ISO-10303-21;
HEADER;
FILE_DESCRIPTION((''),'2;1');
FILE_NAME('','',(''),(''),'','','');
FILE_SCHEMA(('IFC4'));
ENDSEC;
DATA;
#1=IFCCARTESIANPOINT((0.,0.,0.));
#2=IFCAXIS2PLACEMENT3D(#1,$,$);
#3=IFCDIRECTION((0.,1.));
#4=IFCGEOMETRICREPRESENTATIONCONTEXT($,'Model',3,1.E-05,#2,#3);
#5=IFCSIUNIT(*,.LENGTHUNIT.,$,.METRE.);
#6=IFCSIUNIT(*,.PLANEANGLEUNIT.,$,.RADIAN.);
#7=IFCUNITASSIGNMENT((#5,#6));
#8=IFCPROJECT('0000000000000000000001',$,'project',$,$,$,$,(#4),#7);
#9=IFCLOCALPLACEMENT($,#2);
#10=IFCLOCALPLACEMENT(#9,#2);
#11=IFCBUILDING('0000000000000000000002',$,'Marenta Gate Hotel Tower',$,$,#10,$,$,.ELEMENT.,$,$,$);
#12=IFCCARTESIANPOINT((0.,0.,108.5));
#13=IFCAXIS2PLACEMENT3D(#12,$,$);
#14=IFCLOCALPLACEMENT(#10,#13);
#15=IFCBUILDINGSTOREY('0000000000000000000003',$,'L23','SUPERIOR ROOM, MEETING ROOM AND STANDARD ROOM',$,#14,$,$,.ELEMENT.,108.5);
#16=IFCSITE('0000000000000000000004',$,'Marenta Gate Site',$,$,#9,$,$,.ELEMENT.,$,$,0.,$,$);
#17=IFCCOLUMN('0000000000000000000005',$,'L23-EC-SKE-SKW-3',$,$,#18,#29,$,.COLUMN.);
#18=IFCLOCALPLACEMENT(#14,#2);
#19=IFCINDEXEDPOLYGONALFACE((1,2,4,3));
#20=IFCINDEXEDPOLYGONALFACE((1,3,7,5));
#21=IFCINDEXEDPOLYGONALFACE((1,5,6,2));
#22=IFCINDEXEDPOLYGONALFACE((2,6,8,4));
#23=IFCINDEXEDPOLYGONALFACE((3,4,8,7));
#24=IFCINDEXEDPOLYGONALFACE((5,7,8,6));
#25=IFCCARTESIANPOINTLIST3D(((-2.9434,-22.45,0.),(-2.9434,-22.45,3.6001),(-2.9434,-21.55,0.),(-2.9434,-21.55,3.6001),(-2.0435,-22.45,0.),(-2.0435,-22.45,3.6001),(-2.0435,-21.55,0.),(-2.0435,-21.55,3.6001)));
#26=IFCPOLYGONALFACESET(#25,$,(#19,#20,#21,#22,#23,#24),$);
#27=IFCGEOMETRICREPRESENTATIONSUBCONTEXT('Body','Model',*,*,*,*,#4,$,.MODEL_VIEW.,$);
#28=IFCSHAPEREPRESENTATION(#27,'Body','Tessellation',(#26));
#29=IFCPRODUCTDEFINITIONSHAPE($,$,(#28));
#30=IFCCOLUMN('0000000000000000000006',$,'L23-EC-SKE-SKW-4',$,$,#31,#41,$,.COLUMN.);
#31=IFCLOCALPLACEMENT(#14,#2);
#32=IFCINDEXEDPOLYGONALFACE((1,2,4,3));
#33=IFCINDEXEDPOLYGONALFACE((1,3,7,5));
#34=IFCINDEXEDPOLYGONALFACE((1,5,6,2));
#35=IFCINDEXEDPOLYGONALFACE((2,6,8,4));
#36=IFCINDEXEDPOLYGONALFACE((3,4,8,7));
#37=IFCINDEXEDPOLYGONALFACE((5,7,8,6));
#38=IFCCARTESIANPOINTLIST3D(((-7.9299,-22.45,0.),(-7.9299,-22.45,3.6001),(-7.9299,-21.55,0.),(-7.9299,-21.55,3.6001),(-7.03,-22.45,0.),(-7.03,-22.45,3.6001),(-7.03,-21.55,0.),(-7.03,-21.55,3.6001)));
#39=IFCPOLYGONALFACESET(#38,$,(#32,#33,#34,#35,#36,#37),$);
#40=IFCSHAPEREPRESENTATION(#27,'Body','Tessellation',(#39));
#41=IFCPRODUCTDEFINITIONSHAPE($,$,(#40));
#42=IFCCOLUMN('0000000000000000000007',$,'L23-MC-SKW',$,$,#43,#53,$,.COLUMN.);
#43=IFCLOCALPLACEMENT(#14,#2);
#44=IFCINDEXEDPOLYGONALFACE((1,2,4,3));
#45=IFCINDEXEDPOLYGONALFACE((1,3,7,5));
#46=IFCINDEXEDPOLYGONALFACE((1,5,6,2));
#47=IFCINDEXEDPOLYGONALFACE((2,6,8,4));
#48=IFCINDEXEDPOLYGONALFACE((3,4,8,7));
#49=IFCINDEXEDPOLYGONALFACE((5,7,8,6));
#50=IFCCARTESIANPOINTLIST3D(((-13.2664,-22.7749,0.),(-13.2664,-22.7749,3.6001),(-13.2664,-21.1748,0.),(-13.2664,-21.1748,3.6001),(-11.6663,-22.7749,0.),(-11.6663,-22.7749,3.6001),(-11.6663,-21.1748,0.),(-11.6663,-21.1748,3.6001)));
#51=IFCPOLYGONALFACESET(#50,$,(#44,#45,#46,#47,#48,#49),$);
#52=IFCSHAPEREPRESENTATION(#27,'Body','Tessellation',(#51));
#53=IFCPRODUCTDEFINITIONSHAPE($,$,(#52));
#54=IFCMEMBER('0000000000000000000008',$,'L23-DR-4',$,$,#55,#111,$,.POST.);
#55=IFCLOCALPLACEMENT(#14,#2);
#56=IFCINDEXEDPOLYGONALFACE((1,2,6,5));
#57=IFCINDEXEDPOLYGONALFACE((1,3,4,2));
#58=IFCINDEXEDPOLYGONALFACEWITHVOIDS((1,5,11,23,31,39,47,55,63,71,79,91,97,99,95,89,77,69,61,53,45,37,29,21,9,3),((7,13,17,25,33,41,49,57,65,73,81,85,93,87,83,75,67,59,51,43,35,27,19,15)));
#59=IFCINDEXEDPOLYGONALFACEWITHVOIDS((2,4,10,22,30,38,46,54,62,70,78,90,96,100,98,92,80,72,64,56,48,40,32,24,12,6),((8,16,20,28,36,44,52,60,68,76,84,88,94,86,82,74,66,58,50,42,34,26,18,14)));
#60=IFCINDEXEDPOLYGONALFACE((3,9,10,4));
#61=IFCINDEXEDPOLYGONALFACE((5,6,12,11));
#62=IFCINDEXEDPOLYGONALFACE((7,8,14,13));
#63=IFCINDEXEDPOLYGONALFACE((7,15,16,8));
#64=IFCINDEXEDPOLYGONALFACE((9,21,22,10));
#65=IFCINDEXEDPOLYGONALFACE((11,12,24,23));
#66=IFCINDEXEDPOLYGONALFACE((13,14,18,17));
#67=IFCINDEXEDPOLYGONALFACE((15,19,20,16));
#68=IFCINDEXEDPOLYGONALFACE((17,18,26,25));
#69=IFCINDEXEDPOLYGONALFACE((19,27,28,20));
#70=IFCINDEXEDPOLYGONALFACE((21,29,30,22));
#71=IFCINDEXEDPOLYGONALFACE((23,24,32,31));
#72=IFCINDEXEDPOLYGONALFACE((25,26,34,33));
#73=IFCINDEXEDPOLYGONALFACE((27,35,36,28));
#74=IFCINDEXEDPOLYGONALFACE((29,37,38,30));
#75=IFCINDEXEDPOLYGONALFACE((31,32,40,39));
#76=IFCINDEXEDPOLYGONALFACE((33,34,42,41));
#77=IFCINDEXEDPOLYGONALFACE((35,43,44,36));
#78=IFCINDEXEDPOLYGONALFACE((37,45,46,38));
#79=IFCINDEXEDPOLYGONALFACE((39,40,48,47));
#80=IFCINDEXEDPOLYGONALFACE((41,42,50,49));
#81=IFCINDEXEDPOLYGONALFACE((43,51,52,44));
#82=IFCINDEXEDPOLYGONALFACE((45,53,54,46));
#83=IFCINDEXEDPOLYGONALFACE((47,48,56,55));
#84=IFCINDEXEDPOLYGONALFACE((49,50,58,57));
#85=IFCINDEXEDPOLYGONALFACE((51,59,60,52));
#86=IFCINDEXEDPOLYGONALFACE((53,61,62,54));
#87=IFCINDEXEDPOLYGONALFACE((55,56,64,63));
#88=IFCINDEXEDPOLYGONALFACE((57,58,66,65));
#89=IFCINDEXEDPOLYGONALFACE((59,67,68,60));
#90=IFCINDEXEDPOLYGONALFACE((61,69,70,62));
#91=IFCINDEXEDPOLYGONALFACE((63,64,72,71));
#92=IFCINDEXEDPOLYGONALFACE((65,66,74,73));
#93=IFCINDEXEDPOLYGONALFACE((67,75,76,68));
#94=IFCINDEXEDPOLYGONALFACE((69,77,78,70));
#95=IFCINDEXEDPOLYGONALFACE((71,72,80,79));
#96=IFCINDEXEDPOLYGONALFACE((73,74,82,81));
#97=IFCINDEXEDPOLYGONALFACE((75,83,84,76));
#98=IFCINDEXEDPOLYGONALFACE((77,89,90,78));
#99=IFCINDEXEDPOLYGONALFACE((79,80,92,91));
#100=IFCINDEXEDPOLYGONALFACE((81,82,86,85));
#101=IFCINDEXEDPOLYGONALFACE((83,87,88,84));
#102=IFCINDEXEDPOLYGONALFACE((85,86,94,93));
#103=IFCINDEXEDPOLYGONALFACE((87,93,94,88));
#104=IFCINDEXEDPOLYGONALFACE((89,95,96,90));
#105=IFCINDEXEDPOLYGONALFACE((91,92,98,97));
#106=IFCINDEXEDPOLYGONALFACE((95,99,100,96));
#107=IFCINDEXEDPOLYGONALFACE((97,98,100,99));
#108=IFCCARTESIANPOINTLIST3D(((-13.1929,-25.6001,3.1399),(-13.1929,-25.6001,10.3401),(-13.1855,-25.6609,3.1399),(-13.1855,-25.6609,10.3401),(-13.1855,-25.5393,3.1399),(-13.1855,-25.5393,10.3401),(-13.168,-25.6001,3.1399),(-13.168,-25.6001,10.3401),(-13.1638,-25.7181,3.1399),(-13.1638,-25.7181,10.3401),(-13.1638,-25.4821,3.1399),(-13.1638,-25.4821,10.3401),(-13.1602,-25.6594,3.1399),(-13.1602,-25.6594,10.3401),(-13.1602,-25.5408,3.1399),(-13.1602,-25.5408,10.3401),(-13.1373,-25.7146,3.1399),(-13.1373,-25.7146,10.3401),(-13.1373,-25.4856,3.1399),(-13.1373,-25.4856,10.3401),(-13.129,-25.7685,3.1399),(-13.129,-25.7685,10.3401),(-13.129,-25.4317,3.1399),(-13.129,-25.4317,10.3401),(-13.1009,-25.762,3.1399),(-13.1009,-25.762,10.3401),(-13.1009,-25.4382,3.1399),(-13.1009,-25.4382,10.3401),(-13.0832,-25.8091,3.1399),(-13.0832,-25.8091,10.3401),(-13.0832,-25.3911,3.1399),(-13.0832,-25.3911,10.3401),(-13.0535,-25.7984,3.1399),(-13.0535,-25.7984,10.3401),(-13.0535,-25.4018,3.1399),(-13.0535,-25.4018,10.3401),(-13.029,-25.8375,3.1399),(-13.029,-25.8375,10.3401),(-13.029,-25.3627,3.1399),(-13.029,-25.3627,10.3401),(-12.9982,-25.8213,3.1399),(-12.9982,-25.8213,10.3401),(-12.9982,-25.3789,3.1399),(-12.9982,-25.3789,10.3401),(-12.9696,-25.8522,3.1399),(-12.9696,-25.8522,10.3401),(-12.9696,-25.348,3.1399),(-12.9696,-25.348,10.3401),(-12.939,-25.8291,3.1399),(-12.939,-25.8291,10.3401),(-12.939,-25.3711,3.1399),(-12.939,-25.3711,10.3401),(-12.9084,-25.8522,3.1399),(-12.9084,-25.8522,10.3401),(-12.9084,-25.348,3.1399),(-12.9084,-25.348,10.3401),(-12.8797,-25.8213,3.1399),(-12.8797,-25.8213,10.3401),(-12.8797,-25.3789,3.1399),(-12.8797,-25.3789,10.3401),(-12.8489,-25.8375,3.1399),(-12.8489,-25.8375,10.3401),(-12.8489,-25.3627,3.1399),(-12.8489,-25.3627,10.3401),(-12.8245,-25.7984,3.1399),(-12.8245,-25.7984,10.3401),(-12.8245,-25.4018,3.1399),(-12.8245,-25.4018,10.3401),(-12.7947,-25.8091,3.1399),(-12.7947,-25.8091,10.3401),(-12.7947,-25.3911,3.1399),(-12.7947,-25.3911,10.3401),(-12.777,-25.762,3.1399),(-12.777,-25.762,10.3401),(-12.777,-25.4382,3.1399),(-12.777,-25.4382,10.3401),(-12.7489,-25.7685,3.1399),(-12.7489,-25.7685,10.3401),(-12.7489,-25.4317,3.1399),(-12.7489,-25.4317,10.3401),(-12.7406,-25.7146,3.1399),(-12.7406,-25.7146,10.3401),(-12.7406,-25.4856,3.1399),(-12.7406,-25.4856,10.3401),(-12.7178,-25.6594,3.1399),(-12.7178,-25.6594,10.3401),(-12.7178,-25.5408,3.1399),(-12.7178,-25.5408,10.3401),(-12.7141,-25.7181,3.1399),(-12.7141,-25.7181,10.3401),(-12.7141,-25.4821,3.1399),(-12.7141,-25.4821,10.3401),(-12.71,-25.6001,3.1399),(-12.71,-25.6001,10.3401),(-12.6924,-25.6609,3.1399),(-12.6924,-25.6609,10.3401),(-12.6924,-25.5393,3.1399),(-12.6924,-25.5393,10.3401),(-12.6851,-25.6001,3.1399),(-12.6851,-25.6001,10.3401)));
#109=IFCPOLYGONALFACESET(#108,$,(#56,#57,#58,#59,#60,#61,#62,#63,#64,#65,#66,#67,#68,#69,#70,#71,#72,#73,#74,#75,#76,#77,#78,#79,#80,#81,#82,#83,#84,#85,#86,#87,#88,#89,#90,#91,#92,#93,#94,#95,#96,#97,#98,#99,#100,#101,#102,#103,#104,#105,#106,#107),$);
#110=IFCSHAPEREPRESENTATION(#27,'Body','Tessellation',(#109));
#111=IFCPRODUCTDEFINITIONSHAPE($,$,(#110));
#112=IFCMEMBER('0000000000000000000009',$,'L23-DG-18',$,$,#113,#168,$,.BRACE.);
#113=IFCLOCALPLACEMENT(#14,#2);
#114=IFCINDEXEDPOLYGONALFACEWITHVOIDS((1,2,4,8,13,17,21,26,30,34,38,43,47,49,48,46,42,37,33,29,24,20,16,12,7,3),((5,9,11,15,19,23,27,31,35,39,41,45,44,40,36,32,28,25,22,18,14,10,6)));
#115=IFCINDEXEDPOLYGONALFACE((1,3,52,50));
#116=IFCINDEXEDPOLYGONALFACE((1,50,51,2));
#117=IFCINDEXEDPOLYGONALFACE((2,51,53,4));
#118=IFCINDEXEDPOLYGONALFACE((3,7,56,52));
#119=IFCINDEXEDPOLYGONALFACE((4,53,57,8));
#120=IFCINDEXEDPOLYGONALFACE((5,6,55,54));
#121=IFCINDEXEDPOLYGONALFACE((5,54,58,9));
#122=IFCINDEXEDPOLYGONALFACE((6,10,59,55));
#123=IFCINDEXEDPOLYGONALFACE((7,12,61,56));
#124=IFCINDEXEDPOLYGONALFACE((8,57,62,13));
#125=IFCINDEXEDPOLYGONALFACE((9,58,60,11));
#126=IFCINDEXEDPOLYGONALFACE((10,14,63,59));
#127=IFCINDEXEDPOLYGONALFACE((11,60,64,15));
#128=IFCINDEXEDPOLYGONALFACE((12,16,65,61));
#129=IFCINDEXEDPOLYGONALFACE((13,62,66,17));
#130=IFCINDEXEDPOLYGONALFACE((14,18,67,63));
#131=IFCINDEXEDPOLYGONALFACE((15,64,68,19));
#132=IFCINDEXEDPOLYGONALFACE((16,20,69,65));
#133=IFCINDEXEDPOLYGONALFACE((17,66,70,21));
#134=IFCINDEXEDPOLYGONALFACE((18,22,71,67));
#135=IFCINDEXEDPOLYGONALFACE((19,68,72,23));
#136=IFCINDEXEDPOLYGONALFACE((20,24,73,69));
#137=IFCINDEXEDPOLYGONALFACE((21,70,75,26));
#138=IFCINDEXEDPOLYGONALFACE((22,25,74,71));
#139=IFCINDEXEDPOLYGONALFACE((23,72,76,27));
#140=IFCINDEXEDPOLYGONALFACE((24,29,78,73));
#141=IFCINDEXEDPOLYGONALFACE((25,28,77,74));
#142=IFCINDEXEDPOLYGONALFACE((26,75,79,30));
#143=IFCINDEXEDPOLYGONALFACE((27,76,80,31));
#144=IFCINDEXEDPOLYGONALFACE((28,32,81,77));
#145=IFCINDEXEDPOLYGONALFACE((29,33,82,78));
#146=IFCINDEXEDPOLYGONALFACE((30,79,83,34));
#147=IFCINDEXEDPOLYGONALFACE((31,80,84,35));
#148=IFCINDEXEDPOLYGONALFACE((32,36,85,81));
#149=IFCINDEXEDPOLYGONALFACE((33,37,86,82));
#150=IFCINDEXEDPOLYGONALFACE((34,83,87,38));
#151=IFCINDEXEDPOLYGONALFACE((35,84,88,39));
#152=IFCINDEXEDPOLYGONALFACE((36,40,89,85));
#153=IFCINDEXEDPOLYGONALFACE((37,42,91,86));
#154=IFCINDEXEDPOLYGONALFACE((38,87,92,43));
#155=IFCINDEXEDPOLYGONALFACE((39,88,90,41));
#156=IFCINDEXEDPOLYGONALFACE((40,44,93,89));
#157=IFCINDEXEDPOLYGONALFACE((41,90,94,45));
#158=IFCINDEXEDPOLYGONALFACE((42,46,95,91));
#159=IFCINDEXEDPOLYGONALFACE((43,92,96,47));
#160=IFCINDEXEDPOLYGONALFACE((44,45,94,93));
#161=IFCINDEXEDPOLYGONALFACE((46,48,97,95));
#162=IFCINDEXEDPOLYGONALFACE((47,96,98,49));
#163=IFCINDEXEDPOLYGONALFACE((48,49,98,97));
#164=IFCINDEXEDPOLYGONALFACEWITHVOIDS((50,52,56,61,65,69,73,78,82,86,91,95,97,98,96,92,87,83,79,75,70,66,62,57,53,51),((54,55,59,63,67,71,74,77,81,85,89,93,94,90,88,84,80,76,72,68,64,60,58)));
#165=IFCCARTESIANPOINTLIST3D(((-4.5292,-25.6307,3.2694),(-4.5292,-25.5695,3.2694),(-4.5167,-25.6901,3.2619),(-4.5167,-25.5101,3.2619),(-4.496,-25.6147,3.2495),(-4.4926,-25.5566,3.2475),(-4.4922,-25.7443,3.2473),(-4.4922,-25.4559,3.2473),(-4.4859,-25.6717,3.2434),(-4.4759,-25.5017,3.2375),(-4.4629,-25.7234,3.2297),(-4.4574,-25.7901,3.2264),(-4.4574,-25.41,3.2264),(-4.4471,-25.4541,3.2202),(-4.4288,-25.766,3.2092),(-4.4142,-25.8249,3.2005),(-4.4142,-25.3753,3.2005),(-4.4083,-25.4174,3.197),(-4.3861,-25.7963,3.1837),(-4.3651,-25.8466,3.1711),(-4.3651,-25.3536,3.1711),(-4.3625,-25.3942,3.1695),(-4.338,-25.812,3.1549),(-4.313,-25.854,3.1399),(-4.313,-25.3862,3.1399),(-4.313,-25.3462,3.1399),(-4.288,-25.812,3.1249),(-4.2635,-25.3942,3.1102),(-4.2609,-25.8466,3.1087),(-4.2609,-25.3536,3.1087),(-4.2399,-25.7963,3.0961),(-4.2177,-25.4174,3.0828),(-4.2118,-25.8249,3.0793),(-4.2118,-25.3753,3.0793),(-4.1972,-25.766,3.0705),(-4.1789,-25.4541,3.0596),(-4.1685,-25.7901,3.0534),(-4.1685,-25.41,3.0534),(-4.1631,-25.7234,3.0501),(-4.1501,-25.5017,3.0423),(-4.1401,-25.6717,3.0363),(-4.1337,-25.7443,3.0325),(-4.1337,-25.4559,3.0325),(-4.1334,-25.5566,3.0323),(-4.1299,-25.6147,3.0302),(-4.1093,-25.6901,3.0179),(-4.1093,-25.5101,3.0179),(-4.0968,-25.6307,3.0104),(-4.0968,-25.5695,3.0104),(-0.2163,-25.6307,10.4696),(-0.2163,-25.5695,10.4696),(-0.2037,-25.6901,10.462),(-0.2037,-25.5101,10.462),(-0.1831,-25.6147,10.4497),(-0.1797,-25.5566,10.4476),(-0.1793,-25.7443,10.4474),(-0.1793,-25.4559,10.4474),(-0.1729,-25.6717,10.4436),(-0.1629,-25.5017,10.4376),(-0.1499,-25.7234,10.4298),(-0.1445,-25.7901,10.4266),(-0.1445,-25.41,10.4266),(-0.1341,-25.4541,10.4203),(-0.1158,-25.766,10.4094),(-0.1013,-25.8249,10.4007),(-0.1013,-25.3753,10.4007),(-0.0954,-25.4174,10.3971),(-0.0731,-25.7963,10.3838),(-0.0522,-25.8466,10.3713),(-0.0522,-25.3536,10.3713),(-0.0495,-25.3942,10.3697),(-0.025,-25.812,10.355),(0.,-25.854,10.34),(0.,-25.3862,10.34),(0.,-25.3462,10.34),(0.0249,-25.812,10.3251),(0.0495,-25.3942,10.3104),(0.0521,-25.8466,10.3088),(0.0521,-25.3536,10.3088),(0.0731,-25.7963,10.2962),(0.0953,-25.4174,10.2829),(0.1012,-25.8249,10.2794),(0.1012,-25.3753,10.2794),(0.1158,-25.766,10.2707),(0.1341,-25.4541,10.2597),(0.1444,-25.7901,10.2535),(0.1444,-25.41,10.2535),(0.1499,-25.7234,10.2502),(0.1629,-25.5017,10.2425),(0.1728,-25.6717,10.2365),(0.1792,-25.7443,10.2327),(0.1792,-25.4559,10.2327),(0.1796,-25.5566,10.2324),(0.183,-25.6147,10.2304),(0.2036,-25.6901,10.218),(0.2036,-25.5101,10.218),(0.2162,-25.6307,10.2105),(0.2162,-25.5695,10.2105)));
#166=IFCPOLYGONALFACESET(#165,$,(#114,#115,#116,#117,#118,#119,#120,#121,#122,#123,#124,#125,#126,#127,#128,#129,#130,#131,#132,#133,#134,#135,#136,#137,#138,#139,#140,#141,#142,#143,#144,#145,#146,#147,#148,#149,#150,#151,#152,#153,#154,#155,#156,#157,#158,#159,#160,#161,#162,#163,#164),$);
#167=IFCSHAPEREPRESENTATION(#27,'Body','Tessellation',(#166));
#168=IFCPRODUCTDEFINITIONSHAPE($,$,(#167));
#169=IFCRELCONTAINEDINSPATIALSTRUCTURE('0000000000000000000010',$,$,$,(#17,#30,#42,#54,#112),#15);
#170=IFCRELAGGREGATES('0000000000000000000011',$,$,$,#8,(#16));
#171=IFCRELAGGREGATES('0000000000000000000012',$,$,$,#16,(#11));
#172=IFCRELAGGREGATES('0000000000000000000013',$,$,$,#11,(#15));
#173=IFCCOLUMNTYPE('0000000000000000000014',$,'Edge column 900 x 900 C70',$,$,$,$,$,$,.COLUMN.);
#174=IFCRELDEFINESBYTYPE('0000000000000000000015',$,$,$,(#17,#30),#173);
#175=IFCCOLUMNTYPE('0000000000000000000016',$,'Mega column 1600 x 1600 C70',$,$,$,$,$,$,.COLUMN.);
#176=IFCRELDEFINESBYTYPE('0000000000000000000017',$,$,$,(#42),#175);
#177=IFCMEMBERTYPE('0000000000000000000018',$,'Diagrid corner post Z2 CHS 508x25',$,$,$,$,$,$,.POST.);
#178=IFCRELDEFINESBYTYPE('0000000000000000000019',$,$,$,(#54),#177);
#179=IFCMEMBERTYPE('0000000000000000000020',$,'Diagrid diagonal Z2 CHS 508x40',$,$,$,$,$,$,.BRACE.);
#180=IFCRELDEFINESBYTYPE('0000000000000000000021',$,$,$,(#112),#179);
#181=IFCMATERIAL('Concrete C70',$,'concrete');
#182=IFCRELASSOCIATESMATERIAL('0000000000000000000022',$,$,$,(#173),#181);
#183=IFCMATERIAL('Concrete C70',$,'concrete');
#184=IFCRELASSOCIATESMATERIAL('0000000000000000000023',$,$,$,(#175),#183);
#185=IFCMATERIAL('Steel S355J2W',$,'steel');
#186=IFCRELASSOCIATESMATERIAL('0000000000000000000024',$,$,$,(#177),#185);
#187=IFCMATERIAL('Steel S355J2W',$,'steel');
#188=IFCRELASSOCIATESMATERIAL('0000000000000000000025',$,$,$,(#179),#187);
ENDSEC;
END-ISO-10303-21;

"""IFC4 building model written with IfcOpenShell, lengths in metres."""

from ifc_helpers import new_model, si_unit, direction, frame, origin, origin_2d, place, context, subcontext, project, spatial, rectangle, hollow_circle, extrude, material, material_profile, profile_set, type_object, element, save


model = new_model("IFC4")

# Units and contexts
model_context = context("Model", 3, precision=1e-05, world=origin(), true_north=direction((0.0, 1.0)))
body_context = subcontext(model_context, "Body", "Model", "MODEL_VIEW")
ifc_project = project(units=[si_unit("LENGTHUNIT", "METRE"), si_unit("PLANEANGLEUNIT", "RADIAN")], contexts=[model_context])

# Site, building, storey
site_placement = place(None, origin())
site = spatial("IfcSite", under=ifc_project, at=site_placement, Name="Marenta Gate Site", CompositionType="ELEMENT", RefElevation=0.0)
building_placement = place(site_placement, origin())
building = spatial("IfcBuilding", under=site, at=building_placement, Name="Marenta Gate Hotel Tower", CompositionType="ELEMENT")
storey_placement = place(building_placement, frame((0.0, 0.0, 108.5)))
storey = spatial("IfcBuildingStorey", under=building, at=storey_placement, Name="L23", Description="SUPERIOR ROOM, MEETING ROOM AND STANDARD ROOM", CompositionType="ELEMENT", Elevation=108.5)

# Columns
ifc_material_1 = material(Name="Concrete C70", Category="concrete")
ifc_material_profile_1 = material_profile(ifc_material_1, rectangle(XDim=0.8999, YDim=0.8999, at=origin_2d()), Name="900 x 900")
ifc_profile_set_1 = profile_set([ifc_material_profile_1], Name="Concrete C70")
column_type_1 = type_object("IfcColumnType", Name="Edge column 900 x 900 C70", PredefinedType="COLUMN", material=ifc_profile_set_1)
for number, where, z_axis, x_axis, name in (
    (1, (-2.4934, -22.0, 0.0), (0.0, 0.0, 1.0), (1.0, 0.0, 0.0), "L23-EC-SKE-SKW-3"),
    (2, (-7.48, -22.0, 0.0), (0.0, 0.0, 1.0), (1.0, 0.0, 0.0), "L23-EC-SKE-SKW-4"),
):
    element("IfcColumn", number, at=place(storey_placement, frame(where, z_axis=z_axis, x_axis=x_axis)), inside=storey, type_object=column_type_1, Name=name, PredefinedType="COLUMN", context=body_context, shape_type="SweptSolid", body=[
        extrude(rectangle(XDim=0.8999, YDim=0.8999, at=origin_2d()), origin(), (0.0, 0.0, 1.0), 3.6001),
    ])
ifc_material_2 = material(Name="Concrete C70", Category="concrete")
ifc_material_profile_2 = material_profile(ifc_material_2, rectangle(XDim=1.6001, YDim=1.6001, at=origin_2d()), Name="1600 x 1600")
ifc_profile_set_2 = profile_set([ifc_material_profile_2], Name="Concrete C70")
column_type_2 = type_object("IfcColumnType", Name="Mega column 1600 x 1600 C70", PredefinedType="COLUMN", material=ifc_profile_set_2)
column_placement = place(storey_placement, frame((-12.4663, -21.9749, 0.0), z_axis=(0.0, 0.0, 1.0), x_axis=(1.0, 0.0, 0.0)))
element("IfcColumn", 3, at=column_placement, inside=storey, type_object=column_type_2, Name="L23-MC-SKW", PredefinedType="COLUMN", context=body_context, shape_type="SweptSolid", body=[
    extrude(rectangle(XDim=1.6001, YDim=1.6001, at=origin_2d()), origin(), (0.0, 0.0, 1.0), 3.6001),
])

# Members
ifc_material_3 = material(Name="Steel S355J2W", Category="steel")
ifc_material_profile_3 = material_profile(ifc_material_3, hollow_circle(Radius=0.2539, WallThickness=0.0249, at=origin_2d()), Name="CHS 508x25")
ifc_profile_set_3 = profile_set([ifc_material_profile_3], Name="Steel S355J2W")
member_type_1 = type_object("IfcMemberType", Name="Diagrid corner post Z2 CHS 508x25", PredefinedType="POST", material=ifc_profile_set_3)
member_1_placement = place(storey_placement, frame((-12.939, -25.6001, 3.1399), z_axis=(0.0, 0.0, 1.0), x_axis=(1.0, 0.0, 0.0)))
element("IfcMember", 4, at=member_1_placement, inside=storey, type_object=member_type_1, Name="L23-DR-4", PredefinedType="POST", context=body_context, shape_type="SweptSolid", body=[
    extrude(hollow_circle(Radius=0.2539, WallThickness=0.0249, at=origin_2d()), origin(), (0.0, 0.0, 1.0), 7.2002),
])
ifc_material_4 = material(Name="Steel S355J2W", Category="steel")
ifc_material_profile_4 = material_profile(ifc_material_4, hollow_circle(Radius=0.2539, WallThickness=0.04, at=origin_2d()), Name="CHS 508x40")
ifc_profile_set_4 = profile_set([ifc_material_profile_4], Name="Steel S355J2W")
member_type_2 = type_object("IfcMemberType", Name="Diagrid diagonal Z2 CHS 508x40", PredefinedType="BRACE", material=ifc_profile_set_4)
for number, where, z_axis, x_axis, name in (
    (5, (-4.313, -25.6001, 3.1399), (0.513871, 0.0, 0.857867), (0.0, 1.0, 0.0), "L23-DG-18"),
):
    element("IfcMember", number, at=place(storey_placement, frame(where, z_axis=z_axis, x_axis=x_axis)), inside=storey, type_object=member_type_2, Name=name, PredefinedType="BRACE", context=body_context, shape_type="SweptSolid", body=[
        extrude(hollow_circle(Radius=0.2539, WallThickness=0.04, at=origin_2d()), origin(), (0.0, 0.0, 1.0), 8.3931),
    ])

save(model, "model.ifc")
